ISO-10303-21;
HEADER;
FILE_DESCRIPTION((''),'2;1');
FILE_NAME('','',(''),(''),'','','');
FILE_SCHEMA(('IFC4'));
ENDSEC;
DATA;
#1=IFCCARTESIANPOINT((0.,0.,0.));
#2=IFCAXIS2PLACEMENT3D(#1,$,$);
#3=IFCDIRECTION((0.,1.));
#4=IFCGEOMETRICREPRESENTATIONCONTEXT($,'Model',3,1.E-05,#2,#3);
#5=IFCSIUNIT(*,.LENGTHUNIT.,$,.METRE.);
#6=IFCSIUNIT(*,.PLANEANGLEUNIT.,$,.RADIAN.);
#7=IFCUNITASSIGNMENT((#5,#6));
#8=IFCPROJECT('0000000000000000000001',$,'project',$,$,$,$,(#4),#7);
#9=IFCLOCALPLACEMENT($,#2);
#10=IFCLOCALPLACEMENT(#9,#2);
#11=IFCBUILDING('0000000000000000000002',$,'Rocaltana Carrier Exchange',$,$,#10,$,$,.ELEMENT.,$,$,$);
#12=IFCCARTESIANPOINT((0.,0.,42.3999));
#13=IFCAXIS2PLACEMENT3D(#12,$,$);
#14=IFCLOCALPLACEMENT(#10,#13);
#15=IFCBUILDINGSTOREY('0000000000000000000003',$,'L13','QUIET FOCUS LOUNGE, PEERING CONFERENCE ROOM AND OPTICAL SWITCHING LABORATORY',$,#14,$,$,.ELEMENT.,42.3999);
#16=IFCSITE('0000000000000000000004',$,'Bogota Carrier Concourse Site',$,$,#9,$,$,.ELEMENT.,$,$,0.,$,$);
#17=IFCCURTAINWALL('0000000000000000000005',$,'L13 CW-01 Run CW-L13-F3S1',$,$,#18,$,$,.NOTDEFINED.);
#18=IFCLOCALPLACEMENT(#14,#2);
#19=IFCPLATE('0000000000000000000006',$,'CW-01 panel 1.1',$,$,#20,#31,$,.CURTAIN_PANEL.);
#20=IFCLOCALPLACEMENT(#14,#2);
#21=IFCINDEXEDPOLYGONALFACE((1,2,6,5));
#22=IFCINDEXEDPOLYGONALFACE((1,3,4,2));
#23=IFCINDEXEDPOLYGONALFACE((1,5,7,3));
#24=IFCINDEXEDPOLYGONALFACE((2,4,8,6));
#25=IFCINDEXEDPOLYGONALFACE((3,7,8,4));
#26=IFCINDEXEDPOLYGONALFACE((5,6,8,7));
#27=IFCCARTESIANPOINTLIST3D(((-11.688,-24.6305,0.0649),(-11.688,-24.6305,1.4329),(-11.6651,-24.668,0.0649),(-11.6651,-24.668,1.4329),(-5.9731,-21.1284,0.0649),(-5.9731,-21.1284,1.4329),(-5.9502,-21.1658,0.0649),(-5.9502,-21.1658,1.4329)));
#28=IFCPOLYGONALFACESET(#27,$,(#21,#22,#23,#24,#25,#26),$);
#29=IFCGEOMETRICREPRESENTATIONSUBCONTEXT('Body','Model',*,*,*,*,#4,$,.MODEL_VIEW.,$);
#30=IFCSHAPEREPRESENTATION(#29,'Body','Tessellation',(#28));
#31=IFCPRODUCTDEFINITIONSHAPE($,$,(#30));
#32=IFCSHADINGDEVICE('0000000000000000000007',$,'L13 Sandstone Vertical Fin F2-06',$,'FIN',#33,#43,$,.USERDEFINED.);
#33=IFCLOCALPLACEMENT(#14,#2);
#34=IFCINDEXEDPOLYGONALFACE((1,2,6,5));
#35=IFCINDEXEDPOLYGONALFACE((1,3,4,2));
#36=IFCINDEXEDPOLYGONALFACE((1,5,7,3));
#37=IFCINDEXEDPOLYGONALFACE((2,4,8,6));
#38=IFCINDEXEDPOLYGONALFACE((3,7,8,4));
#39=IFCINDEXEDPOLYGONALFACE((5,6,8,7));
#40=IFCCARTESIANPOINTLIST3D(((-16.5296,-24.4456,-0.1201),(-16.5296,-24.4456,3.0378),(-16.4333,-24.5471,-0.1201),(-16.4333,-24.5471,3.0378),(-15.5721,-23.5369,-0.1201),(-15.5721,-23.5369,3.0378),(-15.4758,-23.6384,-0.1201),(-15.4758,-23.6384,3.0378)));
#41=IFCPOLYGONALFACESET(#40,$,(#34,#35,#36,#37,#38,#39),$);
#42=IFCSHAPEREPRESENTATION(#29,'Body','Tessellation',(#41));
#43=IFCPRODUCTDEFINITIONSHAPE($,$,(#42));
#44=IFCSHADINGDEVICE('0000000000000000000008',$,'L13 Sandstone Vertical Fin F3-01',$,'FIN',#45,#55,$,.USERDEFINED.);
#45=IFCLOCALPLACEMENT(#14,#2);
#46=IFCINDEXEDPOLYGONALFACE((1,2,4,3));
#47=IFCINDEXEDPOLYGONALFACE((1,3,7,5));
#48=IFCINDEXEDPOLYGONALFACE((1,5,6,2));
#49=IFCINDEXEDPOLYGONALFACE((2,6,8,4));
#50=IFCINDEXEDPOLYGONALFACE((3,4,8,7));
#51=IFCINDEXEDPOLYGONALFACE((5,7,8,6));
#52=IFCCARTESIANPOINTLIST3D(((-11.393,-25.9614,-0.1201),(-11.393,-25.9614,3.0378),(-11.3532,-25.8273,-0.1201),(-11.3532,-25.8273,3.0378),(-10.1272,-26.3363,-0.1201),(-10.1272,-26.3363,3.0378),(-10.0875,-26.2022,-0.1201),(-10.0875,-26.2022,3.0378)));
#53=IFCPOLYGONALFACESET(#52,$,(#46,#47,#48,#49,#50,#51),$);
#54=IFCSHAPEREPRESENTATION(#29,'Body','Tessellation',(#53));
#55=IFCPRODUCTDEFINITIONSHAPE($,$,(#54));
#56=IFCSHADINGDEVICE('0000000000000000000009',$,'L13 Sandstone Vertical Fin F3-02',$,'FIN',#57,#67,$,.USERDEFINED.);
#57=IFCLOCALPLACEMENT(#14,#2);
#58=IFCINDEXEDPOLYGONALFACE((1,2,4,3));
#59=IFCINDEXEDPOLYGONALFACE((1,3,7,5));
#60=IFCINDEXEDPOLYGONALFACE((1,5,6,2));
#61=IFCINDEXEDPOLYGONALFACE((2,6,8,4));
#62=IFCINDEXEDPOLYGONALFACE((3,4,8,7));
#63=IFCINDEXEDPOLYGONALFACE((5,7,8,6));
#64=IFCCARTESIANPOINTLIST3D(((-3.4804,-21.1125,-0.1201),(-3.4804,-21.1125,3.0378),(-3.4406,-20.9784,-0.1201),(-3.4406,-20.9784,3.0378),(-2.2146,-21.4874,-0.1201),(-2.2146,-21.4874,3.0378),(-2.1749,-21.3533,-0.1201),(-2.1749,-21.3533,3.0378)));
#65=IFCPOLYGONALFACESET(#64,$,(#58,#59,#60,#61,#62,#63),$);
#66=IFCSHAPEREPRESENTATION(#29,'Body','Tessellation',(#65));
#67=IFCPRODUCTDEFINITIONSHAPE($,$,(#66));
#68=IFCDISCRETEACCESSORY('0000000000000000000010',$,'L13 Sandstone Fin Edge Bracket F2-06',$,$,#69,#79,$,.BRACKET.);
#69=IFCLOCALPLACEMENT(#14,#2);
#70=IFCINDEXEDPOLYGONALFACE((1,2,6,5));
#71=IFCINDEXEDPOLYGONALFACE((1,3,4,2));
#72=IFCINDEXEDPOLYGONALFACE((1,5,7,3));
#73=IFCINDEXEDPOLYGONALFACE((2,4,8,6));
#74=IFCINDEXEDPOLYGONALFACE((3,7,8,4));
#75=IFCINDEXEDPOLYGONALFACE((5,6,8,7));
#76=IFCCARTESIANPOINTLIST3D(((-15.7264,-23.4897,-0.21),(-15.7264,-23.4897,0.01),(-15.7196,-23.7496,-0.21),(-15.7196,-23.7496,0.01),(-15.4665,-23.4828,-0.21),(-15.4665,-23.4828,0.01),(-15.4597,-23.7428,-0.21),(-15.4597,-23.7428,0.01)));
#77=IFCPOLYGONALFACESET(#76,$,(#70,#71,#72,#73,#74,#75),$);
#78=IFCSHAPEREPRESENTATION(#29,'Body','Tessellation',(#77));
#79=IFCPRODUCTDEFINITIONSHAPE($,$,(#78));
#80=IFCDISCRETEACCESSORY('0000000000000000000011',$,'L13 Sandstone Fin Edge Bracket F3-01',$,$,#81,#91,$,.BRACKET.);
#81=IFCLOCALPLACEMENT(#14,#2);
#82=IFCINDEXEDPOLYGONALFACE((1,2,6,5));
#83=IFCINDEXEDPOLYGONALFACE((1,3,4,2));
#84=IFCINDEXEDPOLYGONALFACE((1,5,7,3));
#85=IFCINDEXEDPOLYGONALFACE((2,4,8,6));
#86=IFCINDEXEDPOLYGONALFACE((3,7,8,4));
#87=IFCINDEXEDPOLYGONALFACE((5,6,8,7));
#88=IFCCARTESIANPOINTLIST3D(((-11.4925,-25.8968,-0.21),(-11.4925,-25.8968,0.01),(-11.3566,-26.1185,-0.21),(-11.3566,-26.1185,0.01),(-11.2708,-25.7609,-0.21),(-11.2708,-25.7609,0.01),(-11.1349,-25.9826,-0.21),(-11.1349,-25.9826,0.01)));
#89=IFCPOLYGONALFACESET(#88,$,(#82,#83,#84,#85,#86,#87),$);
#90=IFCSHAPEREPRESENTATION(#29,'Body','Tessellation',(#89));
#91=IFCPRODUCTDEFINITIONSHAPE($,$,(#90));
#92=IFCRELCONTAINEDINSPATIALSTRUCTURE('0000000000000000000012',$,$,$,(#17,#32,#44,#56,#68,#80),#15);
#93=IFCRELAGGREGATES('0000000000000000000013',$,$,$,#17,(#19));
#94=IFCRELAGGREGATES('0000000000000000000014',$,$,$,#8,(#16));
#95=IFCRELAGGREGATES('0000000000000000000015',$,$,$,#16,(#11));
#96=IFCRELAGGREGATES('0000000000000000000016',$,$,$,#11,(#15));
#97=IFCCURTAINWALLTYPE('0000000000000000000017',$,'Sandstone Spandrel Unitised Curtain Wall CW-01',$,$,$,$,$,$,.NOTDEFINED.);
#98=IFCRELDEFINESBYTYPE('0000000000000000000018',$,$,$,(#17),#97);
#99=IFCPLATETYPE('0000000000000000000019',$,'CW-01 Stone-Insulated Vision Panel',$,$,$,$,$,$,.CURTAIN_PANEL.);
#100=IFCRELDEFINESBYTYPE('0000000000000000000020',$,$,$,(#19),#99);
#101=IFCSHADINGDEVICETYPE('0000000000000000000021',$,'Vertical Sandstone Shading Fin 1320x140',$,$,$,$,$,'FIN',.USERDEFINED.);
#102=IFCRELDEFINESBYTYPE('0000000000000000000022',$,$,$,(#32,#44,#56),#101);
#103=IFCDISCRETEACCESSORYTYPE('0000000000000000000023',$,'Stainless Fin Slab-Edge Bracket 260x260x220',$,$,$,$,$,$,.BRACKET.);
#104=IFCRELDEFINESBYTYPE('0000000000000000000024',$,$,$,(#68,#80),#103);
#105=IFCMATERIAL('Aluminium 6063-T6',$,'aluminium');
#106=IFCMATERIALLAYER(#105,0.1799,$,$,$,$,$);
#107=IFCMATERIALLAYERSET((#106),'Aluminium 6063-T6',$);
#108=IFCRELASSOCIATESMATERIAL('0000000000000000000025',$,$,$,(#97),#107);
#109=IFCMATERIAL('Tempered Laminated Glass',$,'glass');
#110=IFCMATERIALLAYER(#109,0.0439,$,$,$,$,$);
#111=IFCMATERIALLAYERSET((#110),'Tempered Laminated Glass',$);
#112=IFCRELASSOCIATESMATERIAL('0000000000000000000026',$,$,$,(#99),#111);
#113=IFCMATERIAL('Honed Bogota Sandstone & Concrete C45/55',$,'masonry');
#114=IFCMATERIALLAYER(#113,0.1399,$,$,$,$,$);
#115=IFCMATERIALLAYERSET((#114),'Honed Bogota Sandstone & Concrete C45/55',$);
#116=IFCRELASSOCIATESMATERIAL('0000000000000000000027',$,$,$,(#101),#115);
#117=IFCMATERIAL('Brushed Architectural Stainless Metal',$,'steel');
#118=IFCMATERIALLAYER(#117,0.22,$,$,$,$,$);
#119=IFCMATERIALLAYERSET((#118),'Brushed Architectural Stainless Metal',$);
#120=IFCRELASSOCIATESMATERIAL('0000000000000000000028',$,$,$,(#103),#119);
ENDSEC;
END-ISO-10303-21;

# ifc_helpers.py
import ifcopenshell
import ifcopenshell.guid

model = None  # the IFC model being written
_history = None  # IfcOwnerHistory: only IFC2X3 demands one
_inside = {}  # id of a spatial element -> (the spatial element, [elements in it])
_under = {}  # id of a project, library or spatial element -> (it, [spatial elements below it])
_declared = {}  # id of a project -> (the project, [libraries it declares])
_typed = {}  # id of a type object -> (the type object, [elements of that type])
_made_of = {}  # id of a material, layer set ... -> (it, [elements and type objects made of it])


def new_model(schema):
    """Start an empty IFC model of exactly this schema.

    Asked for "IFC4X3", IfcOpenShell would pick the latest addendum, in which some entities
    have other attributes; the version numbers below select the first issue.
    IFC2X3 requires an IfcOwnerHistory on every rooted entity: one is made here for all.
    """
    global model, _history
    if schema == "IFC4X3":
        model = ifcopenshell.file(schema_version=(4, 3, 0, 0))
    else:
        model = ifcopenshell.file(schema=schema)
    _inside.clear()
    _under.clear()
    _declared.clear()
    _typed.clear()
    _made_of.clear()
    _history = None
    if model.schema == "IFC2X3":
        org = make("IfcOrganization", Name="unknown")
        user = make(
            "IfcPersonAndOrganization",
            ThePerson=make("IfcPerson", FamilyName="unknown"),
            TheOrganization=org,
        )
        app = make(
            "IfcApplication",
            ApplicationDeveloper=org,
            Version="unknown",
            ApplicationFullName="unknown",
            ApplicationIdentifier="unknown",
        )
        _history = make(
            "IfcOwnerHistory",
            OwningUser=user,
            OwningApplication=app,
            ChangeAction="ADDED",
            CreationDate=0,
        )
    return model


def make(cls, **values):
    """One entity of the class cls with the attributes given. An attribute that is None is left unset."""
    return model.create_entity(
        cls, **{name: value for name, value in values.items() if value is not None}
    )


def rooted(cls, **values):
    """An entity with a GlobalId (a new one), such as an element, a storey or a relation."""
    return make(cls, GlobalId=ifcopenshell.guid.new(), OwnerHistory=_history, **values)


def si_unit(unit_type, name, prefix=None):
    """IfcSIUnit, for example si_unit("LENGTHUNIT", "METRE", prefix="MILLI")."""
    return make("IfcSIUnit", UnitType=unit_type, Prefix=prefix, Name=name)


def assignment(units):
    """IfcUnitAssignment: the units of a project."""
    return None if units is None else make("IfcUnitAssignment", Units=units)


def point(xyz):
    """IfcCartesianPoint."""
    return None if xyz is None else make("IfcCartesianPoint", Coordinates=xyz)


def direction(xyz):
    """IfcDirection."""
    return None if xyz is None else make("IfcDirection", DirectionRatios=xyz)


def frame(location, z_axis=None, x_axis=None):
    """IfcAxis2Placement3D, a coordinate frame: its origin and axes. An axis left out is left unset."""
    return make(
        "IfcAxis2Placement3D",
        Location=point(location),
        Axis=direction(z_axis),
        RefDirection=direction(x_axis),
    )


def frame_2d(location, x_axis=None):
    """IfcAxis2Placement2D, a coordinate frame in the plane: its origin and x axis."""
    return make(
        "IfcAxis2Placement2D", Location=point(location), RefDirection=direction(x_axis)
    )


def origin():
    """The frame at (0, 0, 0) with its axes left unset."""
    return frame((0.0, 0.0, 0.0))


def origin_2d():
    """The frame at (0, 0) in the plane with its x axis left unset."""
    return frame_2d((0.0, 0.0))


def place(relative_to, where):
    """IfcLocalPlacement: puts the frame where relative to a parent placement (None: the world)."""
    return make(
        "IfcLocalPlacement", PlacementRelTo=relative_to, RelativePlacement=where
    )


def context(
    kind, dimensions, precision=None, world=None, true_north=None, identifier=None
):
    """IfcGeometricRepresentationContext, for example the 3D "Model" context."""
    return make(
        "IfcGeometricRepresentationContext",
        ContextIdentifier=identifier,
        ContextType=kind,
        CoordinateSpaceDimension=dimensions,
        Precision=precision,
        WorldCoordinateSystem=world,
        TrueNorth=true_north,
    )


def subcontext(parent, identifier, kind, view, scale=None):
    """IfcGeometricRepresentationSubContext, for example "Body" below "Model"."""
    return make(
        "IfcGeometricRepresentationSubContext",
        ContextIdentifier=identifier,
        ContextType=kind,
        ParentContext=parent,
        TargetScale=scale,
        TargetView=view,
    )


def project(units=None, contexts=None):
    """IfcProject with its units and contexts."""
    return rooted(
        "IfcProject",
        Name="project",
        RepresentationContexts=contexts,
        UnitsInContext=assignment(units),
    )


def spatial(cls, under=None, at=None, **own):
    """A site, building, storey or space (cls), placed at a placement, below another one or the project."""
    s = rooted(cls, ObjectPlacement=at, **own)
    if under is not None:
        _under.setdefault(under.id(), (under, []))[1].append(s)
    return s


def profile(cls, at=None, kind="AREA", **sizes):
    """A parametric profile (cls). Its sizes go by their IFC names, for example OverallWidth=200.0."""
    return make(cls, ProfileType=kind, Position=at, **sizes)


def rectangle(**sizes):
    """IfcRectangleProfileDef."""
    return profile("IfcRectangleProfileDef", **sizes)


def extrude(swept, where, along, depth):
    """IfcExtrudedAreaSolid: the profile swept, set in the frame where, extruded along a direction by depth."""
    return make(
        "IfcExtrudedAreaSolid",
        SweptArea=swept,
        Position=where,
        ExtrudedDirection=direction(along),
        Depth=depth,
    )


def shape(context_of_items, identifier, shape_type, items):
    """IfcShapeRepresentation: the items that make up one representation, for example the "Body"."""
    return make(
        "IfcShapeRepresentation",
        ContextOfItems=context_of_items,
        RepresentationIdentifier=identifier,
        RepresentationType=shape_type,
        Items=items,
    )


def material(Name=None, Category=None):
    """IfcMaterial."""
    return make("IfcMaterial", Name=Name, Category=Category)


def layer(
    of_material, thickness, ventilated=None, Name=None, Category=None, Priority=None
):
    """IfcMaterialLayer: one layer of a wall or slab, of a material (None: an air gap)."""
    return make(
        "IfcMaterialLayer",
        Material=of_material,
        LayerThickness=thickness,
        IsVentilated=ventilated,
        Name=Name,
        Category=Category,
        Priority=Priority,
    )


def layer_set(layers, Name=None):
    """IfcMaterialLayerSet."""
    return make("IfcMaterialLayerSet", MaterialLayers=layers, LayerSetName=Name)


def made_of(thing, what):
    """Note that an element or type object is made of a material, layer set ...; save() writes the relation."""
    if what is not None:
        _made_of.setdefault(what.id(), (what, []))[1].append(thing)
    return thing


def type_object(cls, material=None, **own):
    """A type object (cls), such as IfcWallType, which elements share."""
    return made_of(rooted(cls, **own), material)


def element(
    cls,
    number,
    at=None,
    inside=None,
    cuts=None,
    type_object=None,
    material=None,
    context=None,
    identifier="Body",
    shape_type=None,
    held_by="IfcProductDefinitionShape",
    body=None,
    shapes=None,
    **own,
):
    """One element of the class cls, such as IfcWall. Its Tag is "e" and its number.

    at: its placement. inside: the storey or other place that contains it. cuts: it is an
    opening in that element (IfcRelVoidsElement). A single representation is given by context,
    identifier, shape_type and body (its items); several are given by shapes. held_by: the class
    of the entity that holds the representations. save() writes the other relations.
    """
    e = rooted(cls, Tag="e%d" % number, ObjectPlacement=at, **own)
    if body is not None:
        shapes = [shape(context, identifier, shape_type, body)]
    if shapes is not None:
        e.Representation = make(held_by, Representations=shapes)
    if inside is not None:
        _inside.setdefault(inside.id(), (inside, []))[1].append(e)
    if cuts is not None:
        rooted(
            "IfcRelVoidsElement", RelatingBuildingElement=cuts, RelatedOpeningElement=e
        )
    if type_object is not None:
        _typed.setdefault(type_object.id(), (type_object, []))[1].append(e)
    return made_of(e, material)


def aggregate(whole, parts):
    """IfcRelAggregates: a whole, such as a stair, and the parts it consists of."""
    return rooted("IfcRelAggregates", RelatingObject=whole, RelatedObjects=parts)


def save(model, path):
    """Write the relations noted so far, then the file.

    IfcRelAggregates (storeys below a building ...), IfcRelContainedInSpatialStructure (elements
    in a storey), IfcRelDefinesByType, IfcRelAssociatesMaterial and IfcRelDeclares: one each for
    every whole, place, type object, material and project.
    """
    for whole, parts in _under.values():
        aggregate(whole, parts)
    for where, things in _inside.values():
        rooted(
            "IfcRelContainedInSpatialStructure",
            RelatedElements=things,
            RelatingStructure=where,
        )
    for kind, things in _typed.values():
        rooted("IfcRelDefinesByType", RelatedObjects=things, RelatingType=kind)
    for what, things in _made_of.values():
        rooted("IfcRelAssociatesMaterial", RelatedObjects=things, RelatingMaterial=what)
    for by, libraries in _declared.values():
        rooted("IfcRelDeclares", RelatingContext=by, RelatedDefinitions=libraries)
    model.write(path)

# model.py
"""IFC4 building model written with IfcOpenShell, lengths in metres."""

from ifc_helpers import new_model, si_unit, direction, frame, origin, origin_2d, place, context, subcontext, project, spatial, rectangle, extrude, material, layer, layer_set, type_object, element, aggregate, save


model = new_model("IFC4")

# Units and contexts
model_context = context("Model", 3, precision=1e-05, world=origin(), true_north=direction((0.0, 1.0)))
body_context = subcontext(model_context, "Body", "Model", "MODEL_VIEW")
ifc_project = project(units=[si_unit("LENGTHUNIT", "METRE"), si_unit("PLANEANGLEUNIT", "RADIAN")], contexts=[model_context])

# Site, building, storey
site_placement = place(None, origin())
site = spatial("IfcSite", under=ifc_project, at=site_placement, Name="Bogota Carrier Concourse Site", CompositionType="ELEMENT", RefElevation=0.0)
building_placement = place(site_placement, origin())
building = spatial("IfcBuilding", under=site, at=building_placement, Name="Rocaltana Carrier Exchange", CompositionType="ELEMENT")
storey_placement = place(building_placement, frame((0.0, 0.0, 42.3999)))
storey = spatial("IfcBuildingStorey", under=building, at=storey_placement, Name="L13", Description="QUIET FOCUS LOUNGE, PEERING CONFERENCE ROOM AND OPTICAL SWITCHING LABORATORY", CompositionType="ELEMENT", Elevation=42.3999)

# Shared definitions
ifc_material_1 = material(Name="Aluminium 6063-T6", Category="aluminium")
ifc_layer_1 = layer(ifc_material_1, 0.1799)
ifc_layer_set_1 = layer_set([ifc_layer_1], Name="Aluminium 6063-T6")
curtain_wall_type = type_object("IfcCurtainWallType", Name="Sandstone Spandrel Unitised Curtain Wall CW-01", PredefinedType="NOTDEFINED", material=ifc_layer_set_1)

# Curtain wall
curtain_wall_1_placement = place(storey_placement, origin())
curtain_wall_1 = element("IfcCurtainWall", 1, at=curtain_wall_1_placement, inside=storey, type_object=curtain_wall_type, Name="L13 CW-01 Run CW-L13-F3S1", PredefinedType="NOTDEFINED")

# Plate
ifc_material_2 = material(Name="Tempered Laminated Glass", Category="glass")
ifc_layer_2 = layer(ifc_material_2, 0.0439)
ifc_layer_set_2 = layer_set([ifc_layer_2], Name="Tempered Laminated Glass")
plate_type = type_object("IfcPlateType", Name="CW-01 Stone-Insulated Vision Panel", PredefinedType="CURTAIN_PANEL", material=ifc_layer_set_2)
plate_placement = place(storey_placement, frame((-8.8191, -22.8982, 0.0649), z_axis=(0.0, 0.0, 1.0), x_axis=(0.852636, 0.522505, 0.0)))
plate = element("IfcPlate", 2, at=plate_placement, type_object=plate_type, Name="CW-01 panel 1.1", PredefinedType="CURTAIN_PANEL", context=body_context, shape_type="SweptSolid", body=[
    extrude(rectangle(XDim=6.7026, YDim=0.0439, at=origin_2d()), origin(), (0.0, 0.0, 1.0), 1.3679),
])
aggregate(curtain_wall_1, [plate])

# Shading devices
ifc_material_3 = material(Name="Honed Bogota Sandstone & Concrete C45/55", Category="masonry")
ifc_layer_3 = layer(ifc_material_3, 0.1399)
ifc_layer_set_3 = layer_set([ifc_layer_3], Name="Honed Bogota Sandstone & Concrete C45/55")
shading_device_type = type_object("IfcShadingDeviceType", Name="Vertical Sandstone Shading Fin 1320x140", ElementType="FIN", PredefinedType="USERDEFINED", material=ifc_layer_set_3)
for number, where, z_axis, x_axis, name in (
    (3, (-16.0027, -24.042, -0.1201), (0.0, 0.0, 1.0), (-0.725374, -0.688355, 0.0), "L13 Sandstone Vertical Fin F2-06"),
    (4, (-10.7402, -26.0818, -0.1201), (0.0, 0.0, 1.0), (0.95882, -0.284015, 0.0), "L13 Sandstone Vertical Fin F3-01"),
    (5, (-2.8276, -21.2329, -0.1201), (0.0, 0.0, 1.0), (0.95882, -0.284015, 0.0), "L13 Sandstone Vertical Fin F3-02"),
):
    element("IfcShadingDevice", number, at=place(storey_placement, frame(where, z_axis=z_axis, x_axis=x_axis)), inside=storey, type_object=shading_device_type, Name=name, ObjectType="FIN", PredefinedType="USERDEFINED", context=body_context, shape_type="SweptSolid", body=[
        extrude(rectangle(XDim=1.3201, YDim=0.1399, at=origin_2d()), origin(), (0.0, 0.0, 1.0), 3.158),
    ])

# Discrete accessories
ifc_material_4 = material(Name="Brushed Architectural Stainless Metal", Category="steel")
ifc_layer_4 = layer(ifc_material_4, 0.22)
ifc_layer_set_4 = layer_set([ifc_layer_4], Name="Brushed Architectural Stainless Metal")
discrete_accessory_type = type_object("IfcDiscreteAccessoryType", Name="Stainless Fin Slab-Edge Bracket 260x260x220", PredefinedType="BRACKET", material=ifc_layer_set_4)
for number, where, z_axis, x_axis, name in (
    (6, (-15.593, -23.6162, -0.21), (0.0, 0.0, 1.0), (0.026177, -0.999657, 0.0), "L13 Sandstone Fin Edge Bracket F2-06"),
    (7, (-11.3137, -25.9397, -0.21), (0.0, 0.0, 1.0), (0.85264, 0.522499, 0.0), "L13 Sandstone Fin Edge Bracket F3-01"),
):
    element("IfcDiscreteAccessory", number, at=place(storey_placement, frame(where, z_axis=z_axis, x_axis=x_axis)), inside=storey, type_object=discrete_accessory_type, Name=name, PredefinedType="BRACKET", context=body_context, shape_type="SweptSolid", body=[
        extrude(rectangle(XDim=0.26, YDim=0.26, at=origin_2d()), origin(), (0.0, 0.0, 1.0), 0.22),
    ])

save(model, "model.ifc")
